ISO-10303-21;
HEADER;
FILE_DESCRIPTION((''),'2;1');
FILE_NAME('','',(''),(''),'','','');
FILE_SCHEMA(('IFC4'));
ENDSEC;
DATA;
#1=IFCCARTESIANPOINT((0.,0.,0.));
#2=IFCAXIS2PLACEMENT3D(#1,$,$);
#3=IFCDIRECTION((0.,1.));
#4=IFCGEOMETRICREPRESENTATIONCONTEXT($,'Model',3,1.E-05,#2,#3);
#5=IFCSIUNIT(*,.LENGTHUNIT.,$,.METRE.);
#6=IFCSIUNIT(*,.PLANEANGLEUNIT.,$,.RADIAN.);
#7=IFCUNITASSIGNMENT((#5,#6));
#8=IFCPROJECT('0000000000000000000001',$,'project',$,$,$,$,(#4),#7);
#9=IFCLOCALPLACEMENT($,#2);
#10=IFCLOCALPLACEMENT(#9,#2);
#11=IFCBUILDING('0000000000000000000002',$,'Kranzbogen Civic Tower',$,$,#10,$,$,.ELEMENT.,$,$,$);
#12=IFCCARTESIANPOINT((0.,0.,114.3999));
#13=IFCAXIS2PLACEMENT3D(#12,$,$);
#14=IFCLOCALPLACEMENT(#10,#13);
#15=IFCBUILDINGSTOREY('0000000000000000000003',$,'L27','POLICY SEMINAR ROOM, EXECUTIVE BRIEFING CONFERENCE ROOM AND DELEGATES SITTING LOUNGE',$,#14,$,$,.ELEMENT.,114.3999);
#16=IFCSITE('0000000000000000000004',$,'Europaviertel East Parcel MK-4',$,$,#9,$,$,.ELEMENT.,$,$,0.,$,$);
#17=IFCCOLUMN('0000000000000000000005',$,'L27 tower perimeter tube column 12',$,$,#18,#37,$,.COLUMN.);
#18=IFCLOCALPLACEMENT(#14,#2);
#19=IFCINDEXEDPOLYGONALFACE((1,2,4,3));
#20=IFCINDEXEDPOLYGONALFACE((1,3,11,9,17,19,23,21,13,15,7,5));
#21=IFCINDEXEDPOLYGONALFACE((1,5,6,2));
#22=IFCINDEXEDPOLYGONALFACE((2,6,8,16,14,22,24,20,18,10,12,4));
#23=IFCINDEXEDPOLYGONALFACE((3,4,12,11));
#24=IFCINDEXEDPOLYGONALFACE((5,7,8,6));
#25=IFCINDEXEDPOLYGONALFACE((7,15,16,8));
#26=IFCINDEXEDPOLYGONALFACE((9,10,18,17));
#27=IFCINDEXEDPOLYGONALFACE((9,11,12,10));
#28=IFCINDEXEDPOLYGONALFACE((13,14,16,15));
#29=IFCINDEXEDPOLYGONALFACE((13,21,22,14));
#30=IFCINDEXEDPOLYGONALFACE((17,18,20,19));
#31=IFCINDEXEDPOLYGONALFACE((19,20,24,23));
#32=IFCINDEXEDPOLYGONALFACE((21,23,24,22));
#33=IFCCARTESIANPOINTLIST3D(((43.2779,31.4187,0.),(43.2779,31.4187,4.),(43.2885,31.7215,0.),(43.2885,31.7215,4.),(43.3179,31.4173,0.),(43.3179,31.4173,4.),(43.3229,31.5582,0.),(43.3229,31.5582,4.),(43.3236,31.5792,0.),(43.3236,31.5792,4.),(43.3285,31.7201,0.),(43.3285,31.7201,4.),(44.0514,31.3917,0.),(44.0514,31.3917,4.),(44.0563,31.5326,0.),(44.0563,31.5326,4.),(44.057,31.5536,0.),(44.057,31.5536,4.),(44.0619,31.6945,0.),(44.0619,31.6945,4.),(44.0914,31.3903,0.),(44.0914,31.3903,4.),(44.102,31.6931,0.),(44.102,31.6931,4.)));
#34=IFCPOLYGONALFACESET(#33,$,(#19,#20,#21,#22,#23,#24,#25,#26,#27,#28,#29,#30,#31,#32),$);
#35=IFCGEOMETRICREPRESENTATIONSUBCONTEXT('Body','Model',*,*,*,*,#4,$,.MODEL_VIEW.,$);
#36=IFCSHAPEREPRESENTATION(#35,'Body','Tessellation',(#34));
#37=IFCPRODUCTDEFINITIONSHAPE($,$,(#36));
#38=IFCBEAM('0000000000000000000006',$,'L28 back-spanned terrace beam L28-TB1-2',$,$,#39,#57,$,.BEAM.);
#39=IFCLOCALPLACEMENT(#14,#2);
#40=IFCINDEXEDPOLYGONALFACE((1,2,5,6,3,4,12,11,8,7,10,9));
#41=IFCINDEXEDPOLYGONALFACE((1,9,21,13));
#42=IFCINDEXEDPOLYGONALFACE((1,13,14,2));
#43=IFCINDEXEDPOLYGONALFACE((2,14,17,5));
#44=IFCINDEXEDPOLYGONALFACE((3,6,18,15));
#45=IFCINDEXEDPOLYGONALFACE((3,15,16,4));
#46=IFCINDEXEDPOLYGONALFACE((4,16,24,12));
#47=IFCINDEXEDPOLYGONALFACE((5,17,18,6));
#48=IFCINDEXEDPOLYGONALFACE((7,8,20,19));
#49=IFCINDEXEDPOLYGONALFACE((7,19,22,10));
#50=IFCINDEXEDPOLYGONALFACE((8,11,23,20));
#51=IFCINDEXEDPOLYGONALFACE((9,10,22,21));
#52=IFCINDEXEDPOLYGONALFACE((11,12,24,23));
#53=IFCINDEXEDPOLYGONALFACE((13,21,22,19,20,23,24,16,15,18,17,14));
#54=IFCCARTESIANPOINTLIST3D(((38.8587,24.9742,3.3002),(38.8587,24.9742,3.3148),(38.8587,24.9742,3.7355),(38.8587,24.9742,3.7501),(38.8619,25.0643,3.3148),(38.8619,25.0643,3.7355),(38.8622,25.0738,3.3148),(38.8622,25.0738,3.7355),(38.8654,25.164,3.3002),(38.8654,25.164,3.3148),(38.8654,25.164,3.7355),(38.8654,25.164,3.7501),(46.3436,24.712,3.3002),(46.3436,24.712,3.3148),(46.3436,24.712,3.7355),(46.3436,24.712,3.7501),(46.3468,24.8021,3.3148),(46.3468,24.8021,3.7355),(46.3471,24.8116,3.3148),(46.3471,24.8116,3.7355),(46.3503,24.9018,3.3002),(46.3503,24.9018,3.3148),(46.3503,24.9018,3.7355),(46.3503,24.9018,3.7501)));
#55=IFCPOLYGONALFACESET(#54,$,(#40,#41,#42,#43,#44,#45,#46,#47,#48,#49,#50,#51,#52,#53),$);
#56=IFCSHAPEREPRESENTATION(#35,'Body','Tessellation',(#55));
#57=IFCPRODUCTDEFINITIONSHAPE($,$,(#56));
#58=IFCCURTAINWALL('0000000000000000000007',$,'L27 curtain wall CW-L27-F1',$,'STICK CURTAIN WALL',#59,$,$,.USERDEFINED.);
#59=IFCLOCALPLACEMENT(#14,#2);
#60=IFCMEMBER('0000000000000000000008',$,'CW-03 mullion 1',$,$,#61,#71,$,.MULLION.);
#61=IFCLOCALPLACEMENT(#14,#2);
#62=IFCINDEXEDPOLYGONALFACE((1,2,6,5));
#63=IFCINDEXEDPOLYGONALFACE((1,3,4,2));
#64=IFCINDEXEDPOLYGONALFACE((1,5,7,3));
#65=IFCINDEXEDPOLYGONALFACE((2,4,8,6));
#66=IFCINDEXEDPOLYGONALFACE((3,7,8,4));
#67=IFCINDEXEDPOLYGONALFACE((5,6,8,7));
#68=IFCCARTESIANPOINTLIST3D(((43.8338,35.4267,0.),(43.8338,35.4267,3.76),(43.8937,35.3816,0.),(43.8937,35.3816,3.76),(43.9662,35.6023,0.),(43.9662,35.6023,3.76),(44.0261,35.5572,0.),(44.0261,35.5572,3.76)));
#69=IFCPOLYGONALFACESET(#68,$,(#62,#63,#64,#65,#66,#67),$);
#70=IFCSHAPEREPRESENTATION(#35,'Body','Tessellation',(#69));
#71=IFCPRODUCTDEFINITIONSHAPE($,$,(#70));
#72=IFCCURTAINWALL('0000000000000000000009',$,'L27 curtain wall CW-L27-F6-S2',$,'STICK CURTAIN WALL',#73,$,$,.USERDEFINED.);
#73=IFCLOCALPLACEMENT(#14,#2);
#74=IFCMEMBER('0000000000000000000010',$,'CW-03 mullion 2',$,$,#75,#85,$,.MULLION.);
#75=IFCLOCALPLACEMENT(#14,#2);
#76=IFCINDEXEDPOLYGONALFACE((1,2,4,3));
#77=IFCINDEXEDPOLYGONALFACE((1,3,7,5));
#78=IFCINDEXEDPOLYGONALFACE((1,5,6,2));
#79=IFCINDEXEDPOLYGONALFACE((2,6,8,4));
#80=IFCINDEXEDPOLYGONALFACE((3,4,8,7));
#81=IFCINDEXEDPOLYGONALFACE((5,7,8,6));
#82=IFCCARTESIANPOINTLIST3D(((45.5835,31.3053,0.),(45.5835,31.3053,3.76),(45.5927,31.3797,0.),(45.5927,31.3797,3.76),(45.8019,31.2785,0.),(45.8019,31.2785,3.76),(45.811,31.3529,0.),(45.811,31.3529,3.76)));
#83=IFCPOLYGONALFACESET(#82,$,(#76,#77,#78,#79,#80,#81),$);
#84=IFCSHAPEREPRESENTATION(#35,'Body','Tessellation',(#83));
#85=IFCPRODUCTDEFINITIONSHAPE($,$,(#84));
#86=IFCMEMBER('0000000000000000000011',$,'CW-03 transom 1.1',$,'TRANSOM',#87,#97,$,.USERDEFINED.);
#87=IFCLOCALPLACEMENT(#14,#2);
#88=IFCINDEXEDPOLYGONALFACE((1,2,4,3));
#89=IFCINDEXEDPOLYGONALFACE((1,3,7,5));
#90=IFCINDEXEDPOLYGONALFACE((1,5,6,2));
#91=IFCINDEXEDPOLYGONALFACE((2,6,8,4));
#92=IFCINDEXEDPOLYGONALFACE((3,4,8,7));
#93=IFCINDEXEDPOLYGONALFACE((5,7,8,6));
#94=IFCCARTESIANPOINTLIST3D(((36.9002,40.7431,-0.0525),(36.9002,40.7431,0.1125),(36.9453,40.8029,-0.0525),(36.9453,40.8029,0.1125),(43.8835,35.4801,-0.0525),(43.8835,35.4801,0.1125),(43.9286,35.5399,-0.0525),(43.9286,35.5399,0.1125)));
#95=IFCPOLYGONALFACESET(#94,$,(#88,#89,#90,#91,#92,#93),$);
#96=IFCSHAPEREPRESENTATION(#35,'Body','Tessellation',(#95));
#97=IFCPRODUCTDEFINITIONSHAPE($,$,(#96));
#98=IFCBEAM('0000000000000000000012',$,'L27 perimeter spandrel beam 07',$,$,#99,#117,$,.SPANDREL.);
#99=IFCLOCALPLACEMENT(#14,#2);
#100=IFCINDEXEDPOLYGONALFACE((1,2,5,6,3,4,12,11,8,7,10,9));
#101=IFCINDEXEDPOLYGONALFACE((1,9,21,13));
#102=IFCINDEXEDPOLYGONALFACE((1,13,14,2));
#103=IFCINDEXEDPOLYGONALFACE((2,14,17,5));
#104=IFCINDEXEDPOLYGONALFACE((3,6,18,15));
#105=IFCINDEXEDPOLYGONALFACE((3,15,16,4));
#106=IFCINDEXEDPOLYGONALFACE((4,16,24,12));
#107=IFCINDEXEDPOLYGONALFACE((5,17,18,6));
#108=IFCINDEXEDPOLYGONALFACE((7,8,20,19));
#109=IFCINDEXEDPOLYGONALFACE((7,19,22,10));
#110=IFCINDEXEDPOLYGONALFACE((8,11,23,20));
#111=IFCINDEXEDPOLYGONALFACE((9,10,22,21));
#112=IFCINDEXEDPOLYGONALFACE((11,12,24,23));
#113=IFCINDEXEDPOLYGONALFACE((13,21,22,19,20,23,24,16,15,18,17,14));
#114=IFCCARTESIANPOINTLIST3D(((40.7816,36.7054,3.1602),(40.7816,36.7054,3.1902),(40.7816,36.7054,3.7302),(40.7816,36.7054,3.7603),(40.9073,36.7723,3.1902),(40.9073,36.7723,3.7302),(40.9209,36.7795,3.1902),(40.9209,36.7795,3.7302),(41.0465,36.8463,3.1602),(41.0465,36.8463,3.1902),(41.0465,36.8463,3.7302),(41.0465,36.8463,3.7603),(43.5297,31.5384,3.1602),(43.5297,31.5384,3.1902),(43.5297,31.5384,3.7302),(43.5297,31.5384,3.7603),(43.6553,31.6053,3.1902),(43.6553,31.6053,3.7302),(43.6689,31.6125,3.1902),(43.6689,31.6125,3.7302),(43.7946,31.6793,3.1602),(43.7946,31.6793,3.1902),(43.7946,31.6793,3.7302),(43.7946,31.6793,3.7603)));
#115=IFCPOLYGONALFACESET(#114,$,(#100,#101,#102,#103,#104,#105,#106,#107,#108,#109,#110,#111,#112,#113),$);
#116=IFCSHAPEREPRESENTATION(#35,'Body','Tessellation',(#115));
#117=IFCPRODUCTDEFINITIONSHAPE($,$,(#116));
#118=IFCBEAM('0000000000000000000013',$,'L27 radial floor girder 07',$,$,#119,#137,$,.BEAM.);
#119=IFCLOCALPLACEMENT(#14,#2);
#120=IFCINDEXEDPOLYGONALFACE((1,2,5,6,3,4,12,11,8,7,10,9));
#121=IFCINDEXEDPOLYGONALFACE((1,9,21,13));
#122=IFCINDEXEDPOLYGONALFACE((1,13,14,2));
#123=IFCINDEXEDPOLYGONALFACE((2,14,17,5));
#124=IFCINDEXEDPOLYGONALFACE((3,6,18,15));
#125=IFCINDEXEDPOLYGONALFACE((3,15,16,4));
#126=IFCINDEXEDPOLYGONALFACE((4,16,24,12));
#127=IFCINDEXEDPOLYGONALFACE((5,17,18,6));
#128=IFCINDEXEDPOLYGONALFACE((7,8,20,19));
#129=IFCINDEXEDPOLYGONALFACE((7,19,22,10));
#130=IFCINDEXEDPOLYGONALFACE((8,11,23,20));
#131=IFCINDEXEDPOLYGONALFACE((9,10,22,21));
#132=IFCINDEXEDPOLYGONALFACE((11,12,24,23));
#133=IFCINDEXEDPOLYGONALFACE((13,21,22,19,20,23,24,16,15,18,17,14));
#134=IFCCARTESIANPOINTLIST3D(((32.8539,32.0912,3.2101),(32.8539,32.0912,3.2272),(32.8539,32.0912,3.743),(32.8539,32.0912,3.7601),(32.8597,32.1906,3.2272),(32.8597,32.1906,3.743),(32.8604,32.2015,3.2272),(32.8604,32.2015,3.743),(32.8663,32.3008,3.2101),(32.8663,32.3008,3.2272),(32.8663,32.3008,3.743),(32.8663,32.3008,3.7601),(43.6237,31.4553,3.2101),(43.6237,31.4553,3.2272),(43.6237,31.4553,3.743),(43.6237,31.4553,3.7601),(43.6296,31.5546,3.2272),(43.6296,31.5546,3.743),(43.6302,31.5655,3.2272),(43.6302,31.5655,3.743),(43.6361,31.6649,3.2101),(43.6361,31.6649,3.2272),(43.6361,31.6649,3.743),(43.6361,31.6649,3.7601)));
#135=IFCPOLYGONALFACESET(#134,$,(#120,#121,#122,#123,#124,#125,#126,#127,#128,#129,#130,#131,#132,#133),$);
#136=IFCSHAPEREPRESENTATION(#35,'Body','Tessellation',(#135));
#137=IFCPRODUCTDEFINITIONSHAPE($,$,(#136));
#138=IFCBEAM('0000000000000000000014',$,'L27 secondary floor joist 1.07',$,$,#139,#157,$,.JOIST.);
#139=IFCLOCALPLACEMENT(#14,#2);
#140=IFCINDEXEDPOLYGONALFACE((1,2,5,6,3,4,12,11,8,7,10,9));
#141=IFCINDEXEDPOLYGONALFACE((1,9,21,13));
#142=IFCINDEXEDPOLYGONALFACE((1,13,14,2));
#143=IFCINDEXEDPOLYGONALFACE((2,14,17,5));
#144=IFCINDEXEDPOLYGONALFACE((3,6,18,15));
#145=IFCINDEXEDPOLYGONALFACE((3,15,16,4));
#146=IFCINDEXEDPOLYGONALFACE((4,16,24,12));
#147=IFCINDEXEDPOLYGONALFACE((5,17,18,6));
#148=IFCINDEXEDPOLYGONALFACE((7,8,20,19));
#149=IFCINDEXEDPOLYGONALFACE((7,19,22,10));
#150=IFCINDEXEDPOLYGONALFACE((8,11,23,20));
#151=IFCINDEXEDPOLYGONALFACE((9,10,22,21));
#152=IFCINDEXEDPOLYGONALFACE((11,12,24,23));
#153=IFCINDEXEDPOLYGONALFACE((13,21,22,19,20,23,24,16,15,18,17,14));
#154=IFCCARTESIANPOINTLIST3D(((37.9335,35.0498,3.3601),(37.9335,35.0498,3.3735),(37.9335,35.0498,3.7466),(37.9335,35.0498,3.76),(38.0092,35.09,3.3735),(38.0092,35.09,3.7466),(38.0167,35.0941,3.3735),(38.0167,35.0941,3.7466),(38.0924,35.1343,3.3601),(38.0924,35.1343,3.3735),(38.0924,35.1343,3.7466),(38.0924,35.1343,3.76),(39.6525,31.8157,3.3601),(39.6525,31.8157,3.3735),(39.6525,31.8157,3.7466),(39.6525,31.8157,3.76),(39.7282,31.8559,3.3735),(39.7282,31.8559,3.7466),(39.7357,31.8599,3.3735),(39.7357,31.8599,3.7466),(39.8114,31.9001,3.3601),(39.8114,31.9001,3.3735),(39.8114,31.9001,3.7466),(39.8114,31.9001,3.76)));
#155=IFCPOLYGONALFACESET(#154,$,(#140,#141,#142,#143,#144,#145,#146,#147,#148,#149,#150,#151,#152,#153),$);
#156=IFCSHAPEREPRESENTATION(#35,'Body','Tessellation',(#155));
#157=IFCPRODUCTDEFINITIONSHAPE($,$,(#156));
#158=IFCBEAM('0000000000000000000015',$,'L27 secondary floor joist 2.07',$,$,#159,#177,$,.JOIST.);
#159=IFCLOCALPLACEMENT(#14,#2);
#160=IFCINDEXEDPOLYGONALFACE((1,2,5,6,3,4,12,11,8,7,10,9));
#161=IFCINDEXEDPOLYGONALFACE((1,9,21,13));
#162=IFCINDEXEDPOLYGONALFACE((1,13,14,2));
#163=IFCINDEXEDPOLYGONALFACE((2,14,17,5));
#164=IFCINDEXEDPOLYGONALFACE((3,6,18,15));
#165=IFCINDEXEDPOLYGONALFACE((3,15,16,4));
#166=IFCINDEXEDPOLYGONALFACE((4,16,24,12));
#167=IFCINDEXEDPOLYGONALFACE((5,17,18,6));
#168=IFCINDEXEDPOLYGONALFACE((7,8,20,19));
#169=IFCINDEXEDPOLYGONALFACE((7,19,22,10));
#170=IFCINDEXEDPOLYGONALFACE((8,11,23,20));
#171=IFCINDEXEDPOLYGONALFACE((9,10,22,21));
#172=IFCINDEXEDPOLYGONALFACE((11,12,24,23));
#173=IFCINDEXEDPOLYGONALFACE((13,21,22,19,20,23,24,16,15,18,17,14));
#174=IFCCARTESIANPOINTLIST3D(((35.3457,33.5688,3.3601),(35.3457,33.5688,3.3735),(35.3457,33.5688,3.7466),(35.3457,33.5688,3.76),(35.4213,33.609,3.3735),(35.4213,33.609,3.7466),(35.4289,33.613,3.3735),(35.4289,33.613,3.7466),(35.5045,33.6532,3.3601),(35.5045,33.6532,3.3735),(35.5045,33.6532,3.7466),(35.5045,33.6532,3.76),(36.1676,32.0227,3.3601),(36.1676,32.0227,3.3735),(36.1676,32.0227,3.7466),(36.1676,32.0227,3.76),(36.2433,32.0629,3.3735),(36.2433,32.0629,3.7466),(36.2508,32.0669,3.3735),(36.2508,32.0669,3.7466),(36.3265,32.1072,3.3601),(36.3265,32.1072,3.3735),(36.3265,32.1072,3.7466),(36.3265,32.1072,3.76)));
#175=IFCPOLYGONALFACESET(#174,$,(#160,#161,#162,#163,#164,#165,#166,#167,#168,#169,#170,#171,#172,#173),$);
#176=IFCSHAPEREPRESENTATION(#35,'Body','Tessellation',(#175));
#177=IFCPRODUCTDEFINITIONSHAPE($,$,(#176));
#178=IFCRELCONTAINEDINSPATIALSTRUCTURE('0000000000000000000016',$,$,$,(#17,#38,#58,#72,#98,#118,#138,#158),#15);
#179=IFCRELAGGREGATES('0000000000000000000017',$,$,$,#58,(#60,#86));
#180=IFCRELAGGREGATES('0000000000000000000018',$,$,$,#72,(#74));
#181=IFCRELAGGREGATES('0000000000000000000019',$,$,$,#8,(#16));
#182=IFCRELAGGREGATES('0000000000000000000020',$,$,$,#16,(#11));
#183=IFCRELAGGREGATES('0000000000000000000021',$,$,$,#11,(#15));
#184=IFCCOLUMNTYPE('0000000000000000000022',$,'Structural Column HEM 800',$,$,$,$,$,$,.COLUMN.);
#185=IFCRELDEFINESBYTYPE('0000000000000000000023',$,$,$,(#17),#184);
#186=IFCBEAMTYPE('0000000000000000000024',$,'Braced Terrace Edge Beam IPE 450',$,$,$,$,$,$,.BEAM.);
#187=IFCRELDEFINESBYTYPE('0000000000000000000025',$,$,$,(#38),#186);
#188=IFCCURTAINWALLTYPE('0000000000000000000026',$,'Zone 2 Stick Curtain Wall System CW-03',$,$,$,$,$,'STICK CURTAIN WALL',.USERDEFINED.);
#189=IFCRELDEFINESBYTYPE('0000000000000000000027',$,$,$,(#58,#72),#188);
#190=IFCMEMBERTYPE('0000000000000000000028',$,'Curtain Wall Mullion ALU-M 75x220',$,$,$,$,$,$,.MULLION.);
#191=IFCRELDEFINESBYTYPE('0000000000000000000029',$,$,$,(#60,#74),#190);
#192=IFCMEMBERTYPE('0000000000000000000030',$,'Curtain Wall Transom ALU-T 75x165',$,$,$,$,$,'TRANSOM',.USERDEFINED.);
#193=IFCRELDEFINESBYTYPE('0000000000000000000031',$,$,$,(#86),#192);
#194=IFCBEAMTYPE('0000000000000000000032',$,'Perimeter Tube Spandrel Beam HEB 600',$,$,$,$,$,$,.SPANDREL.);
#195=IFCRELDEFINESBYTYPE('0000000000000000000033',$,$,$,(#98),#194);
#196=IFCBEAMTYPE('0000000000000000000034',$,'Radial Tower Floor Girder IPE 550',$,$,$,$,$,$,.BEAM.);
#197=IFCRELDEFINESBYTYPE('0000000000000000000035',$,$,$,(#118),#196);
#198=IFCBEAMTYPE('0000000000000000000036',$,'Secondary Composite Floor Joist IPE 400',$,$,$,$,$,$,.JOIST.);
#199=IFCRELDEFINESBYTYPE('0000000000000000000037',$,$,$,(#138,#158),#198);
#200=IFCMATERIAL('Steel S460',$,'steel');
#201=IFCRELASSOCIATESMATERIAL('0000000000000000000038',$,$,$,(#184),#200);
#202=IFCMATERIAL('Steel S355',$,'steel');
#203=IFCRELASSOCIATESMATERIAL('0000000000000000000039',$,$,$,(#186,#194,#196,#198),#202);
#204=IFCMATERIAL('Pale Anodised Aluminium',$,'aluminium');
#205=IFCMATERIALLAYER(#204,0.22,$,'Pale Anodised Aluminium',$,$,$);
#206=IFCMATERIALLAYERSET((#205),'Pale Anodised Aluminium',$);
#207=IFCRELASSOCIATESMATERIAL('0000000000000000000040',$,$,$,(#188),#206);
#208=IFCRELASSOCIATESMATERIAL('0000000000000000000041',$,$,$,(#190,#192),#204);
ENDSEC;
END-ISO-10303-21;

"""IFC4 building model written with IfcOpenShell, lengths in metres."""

from ifc_helpers import new_model, si_unit, direction, frame, origin, origin_2d, place, context, subcontext, project, spatial, rectangle, i_section, extrude, material, layer, layer_set, material_profile, profile_set, type_object, element, aggregate, save


model = new_model("IFC4")

# Units and contexts
model_context = context("Model", 3, precision=1e-05, world=origin(), true_north=direction((0.0, 1.0)))
body_context = subcontext(model_context, "Body", "Model", "MODEL_VIEW")
ifc_project = project(units=[si_unit("LENGTHUNIT", "METRE"), si_unit("PLANEANGLEUNIT", "RADIAN")], contexts=[model_context])

# Site, building, storey
site_placement = place(None, origin())
site = spatial("IfcSite", under=ifc_project, at=site_placement, Name="Europaviertel East Parcel MK-4", CompositionType="ELEMENT", RefElevation=0.0)
building_placement = place(site_placement, origin())
building = spatial("IfcBuilding", under=site, at=building_placement, Name="Kranzbogen Civic Tower", CompositionType="ELEMENT")
storey_placement = place(building_placement, frame((0.0, 0.0, 114.3999)))
storey = spatial("IfcBuildingStorey", under=building, at=storey_placement, Name="L27", Description="POLICY SEMINAR ROOM, EXECUTIVE BRIEFING CONFERENCE ROOM AND DELEGATES SITTING LOUNGE", CompositionType="ELEMENT", Elevation=114.3999)

# Column
ifc_material_1 = material(Name="Steel S460", Category="steel")
ifc_material_profile_1 = material_profile(ifc_material_1, i_section(OverallWidth=0.303, OverallDepth=0.814, WebThickness=0.021, FlangeThickness=0.04, at=origin_2d()), Name="HEM 800")
ifc_profile_set_1 = profile_set([ifc_material_profile_1], Name="Steel S460")
column_type = type_object("IfcColumnType", Name="Structural Column HEM 800", PredefinedType="COLUMN", material=ifc_profile_set_1)
column_placement = place(storey_placement, frame((43.6899, 31.5559, 0.0), z_axis=(0.0, 0.0, 1.0), x_axis=(0.034899, 0.999391, 0.0)))
element("IfcColumn", 1, at=column_placement, inside=storey, type_object=column_type, Name="L27 tower perimeter tube column 12", PredefinedType="COLUMN", context=body_context, shape_type="SweptSolid", body=[
    extrude(i_section(OverallWidth=0.303, OverallDepth=0.814, WebThickness=0.021, FlangeThickness=0.04, at=origin_2d()), origin(), (0.0, 0.0, 1.0), 4.0),
])

# Beam
ifc_material_2 = material(Name="Steel S355", Category="steel")
ifc_material_profile_2 = material_profile(ifc_material_2, i_section(OverallWidth=0.1899, OverallDepth=0.45, WebThickness=0.0095, FlangeThickness=0.0146, at=origin_2d()), Name="IPE 450")
ifc_profile_set_2 = profile_set([ifc_material_profile_2], Name="Steel S355")
beam_type_1 = type_object("IfcBeamType", Name="Braced Terrace Edge Beam IPE 450", PredefinedType="BEAM", material=ifc_profile_set_2)
beam_1_placement = place(storey_placement, frame((38.8621, 25.0691, 3.5251), z_axis=(0.999387, -0.03501, 0.0), x_axis=(0.03501, 0.999387, 0.0)))
element("IfcBeam", 2, at=beam_1_placement, inside=storey, type_object=beam_type_1, Name="L28 back-spanned terrace beam L28-TB1-2", PredefinedType="BEAM", context=body_context, shape_type="SweptSolid", body=[
    extrude(i_section(OverallWidth=0.1899, OverallDepth=0.45, WebThickness=0.0095, FlangeThickness=0.0146, at=origin_2d()), origin(), (0.0, 0.0, 1.0), 7.4895),
])

# Curtain walls, members
ifc_material_3 = material(Name="Pale Anodised Aluminium", Category="aluminium")
ifc_layer_1 = layer(ifc_material_3, 0.22, Name="Pale Anodised Aluminium")
ifc_layer_set_1 = layer_set([ifc_layer_1], Name="Pale Anodised Aluminium")
curtain_wall_type = type_object("IfcCurtainWallType", Name="Zone 2 Stick Curtain Wall System CW-03", ElementType="STICK CURTAIN WALL", PredefinedType="USERDEFINED", material=ifc_layer_set_1)
curtain_wall_1_placement = place(storey_placement, origin())
curtain_wall_1 = element("IfcCurtainWall", 3, at=curtain_wall_1_placement, inside=storey, type_object=curtain_wall_type, Name="L27 curtain wall CW-L27-F1", ObjectType="STICK CURTAIN WALL", PredefinedType="USERDEFINED")
ifc_material_profile_3 = material_profile(ifc_material_3, rectangle(XDim=0.075, YDim=0.22, at=origin_2d()), Name="ALU-M 75x220")
ifc_profile_set_3 = profile_set([ifc_material_profile_3], Name="Pale Anodised Aluminium")
member_type_1 = type_object("IfcMemberType", Name="Curtain Wall Mullion ALU-M 75x220", PredefinedType="MULLION", material=ifc_profile_set_3)
member_1_placement = place(storey_placement, frame((43.9299, 35.4919, 0.0), z_axis=(0.0, 0.0, 1.0), x_axis=(-0.798599, 0.601864, 0.0)))
member_1 = element("IfcMember", 4, at=member_1_placement, type_object=member_type_1, Name="CW-03 mullion 1", PredefinedType="MULLION", context=body_context, shape_type="SweptSolid", body=[
    extrude(rectangle(XDim=0.075, YDim=0.22, at=origin_2d()), origin(), (0.0, 0.0, 1.0), 3.76),
])
curtain_wall_2_placement = place(storey_placement, origin())
curtain_wall_2 = element("IfcCurtainWall", 5, at=curtain_wall_2_placement, inside=storey, type_object=curtain_wall_type, Name="L27 curtain wall CW-L27-F6-S2", ObjectType="STICK CURTAIN WALL", PredefinedType="USERDEFINED")
member_2_placement = place(storey_placement, frame((45.6973, 31.3291, 0.0), z_axis=(0.0, 0.0, 1.0), x_axis=(0.121826, 0.992552, 0.0)))
member_2 = element("IfcMember", 6, at=member_2_placement, type_object=member_type_1, Name="CW-03 mullion 2", PredefinedType="MULLION", context=body_context, shape_type="SweptSolid", body=[
    extrude(rectangle(XDim=0.075, YDim=0.22, at=origin_2d()), origin(), (0.0, 0.0, 1.0), 3.76),
])

# Member
ifc_material_profile_4 = material_profile(ifc_material_3, rectangle(XDim=0.075, YDim=0.165, at=origin_2d()), Name="ALU-T 75x165")
ifc_profile_set_4 = profile_set([ifc_material_profile_4], Name="Pale Anodised Aluminium")
member_type_2 = type_object("IfcMemberType", Name="Curtain Wall Transom ALU-T 75x165", ElementType="TRANSOM", PredefinedType="USERDEFINED", material=ifc_profile_set_4)
member_3_placement = place(storey_placement, frame((43.906, 35.51, 0.03), z_axis=(-0.798594, 0.60187, 0.0), x_axis=(-0.60187, -0.798594, 0.0)))
member_3 = element("IfcMember", 7, at=member_3_placement, type_object=member_type_2, Name="CW-03 transom 1.1", ObjectType="TRANSOM", PredefinedType="USERDEFINED", context=body_context, shape_type="SweptSolid", body=[
    extrude(rectangle(XDim=0.075, YDim=0.165, at=origin_2d()), origin(), (0.0, 0.0, 1.0), 8.7444),
])
aggregate(curtain_wall_1, [member_1, member_3])

# Beams
ifc_material_profile_5 = material_profile(ifc_material_2, i_section(OverallWidth=0.3, OverallDepth=0.6001, WebThickness=0.0154, FlangeThickness=0.03, at=origin_2d()), Name="HEB 600")
ifc_profile_set_5 = profile_set([ifc_material_profile_5], Name="Steel S355")
beam_type_2 = type_object("IfcBeamType", Name="Perimeter Tube Spandrel Beam HEB 600", PredefinedType="SPANDREL", material=ifc_profile_set_5)
beam_2_placement = place(storey_placement, frame((43.6621, 31.6089, 3.4602), z_axis=(-0.469566, 0.882897, 0.0), x_axis=(-0.882897, -0.469566, 0.0)))
element("IfcBeam", 8, at=beam_2_placement, inside=storey, type_object=beam_type_2, Name="L27 perimeter spandrel beam 07", PredefinedType="SPANDREL", context=body_context, shape_type="SweptSolid", body=[
    extrude(i_section(OverallWidth=0.3, OverallDepth=0.6001, WebThickness=0.0154, FlangeThickness=0.03, at=origin_2d()), origin(), (0.0, 0.0, 1.0), 5.8523),
])
ifc_material_profile_6 = material_profile(ifc_material_2, i_section(OverallWidth=0.21, OverallDepth=0.55, WebThickness=0.011, FlangeThickness=0.0171, at=origin_2d()), Name="IPE 550")
ifc_profile_set_6 = profile_set([ifc_material_profile_6], Name="Steel S355")
beam_type_3 = type_object("IfcBeamType", Name="Radial Tower Floor Girder IPE 550", PredefinedType="BEAM", material=ifc_profile_set_6)
beam_3_placement = place(storey_placement, frame((43.6299, 31.5601, 3.4851), z_axis=(-0.998261, 0.05895, 0.0), x_axis=(-0.05895, -0.998261, 0.0)))
element("IfcBeam", 9, at=beam_3_placement, inside=storey, type_object=beam_type_3, Name="L27 radial floor girder 07", PredefinedType="BEAM", context=body_context, shape_type="SweptSolid", body=[
    extrude(i_section(OverallWidth=0.21, OverallDepth=0.55, WebThickness=0.011, FlangeThickness=0.0171, at=origin_2d()), origin(), (0.0, 0.0, 1.0), 10.7886),
])
ifc_material_profile_7 = material_profile(ifc_material_2, i_section(OverallWidth=0.1799, OverallDepth=0.3999, WebThickness=0.0085, FlangeThickness=0.0134, at=origin_2d()), Name="IPE 400")
ifc_profile_set_7 = profile_set([ifc_material_profile_7], Name="Steel S355")
beam_type_4 = type_object("IfcBeamType", Name="Secondary Composite Floor Joist IPE 400", PredefinedType="JOIST", material=ifc_profile_set_7)
beam_4_placement = place(storey_placement, frame((39.7319, 31.8579, 3.5601), z_axis=(-0.469339, 0.883018, 0.0), x_axis=(-0.883018, -0.469339, 0.0)))
element("IfcBeam", 10, at=beam_4_placement, inside=storey, type_object=beam_type_4, Name="L27 secondary floor joist 1.07", PredefinedType="JOIST", context=body_context, shape_type="SweptSolid", body=[
    extrude(i_section(OverallWidth=0.1799, OverallDepth=0.3999, WebThickness=0.0085, FlangeThickness=0.0134, at=origin_2d()), origin(), (0.0, 0.0, 1.0), 3.6626),
])
beam_5_placement = place(storey_placement, frame((36.2471, 32.0649, 3.5601), z_axis=(-0.469437, 0.882966, 0.0), x_axis=(-0.882966, -0.469437, 0.0)))
element("IfcBeam", 11, at=beam_5_placement, inside=storey, type_object=beam_type_4, Name="L27 secondary floor joist 2.07", PredefinedType="JOIST", context=body_context, shape_type="SweptSolid", body=[
    extrude(i_section(OverallWidth=0.1799, OverallDepth=0.3999, WebThickness=0.0085, FlangeThickness=0.0134, at=origin_2d()), origin(), (0.0, 0.0, 1.0), 1.751),
])

aggregate(curtain_wall_2, [member_2])

save(model, "model.ifc")
